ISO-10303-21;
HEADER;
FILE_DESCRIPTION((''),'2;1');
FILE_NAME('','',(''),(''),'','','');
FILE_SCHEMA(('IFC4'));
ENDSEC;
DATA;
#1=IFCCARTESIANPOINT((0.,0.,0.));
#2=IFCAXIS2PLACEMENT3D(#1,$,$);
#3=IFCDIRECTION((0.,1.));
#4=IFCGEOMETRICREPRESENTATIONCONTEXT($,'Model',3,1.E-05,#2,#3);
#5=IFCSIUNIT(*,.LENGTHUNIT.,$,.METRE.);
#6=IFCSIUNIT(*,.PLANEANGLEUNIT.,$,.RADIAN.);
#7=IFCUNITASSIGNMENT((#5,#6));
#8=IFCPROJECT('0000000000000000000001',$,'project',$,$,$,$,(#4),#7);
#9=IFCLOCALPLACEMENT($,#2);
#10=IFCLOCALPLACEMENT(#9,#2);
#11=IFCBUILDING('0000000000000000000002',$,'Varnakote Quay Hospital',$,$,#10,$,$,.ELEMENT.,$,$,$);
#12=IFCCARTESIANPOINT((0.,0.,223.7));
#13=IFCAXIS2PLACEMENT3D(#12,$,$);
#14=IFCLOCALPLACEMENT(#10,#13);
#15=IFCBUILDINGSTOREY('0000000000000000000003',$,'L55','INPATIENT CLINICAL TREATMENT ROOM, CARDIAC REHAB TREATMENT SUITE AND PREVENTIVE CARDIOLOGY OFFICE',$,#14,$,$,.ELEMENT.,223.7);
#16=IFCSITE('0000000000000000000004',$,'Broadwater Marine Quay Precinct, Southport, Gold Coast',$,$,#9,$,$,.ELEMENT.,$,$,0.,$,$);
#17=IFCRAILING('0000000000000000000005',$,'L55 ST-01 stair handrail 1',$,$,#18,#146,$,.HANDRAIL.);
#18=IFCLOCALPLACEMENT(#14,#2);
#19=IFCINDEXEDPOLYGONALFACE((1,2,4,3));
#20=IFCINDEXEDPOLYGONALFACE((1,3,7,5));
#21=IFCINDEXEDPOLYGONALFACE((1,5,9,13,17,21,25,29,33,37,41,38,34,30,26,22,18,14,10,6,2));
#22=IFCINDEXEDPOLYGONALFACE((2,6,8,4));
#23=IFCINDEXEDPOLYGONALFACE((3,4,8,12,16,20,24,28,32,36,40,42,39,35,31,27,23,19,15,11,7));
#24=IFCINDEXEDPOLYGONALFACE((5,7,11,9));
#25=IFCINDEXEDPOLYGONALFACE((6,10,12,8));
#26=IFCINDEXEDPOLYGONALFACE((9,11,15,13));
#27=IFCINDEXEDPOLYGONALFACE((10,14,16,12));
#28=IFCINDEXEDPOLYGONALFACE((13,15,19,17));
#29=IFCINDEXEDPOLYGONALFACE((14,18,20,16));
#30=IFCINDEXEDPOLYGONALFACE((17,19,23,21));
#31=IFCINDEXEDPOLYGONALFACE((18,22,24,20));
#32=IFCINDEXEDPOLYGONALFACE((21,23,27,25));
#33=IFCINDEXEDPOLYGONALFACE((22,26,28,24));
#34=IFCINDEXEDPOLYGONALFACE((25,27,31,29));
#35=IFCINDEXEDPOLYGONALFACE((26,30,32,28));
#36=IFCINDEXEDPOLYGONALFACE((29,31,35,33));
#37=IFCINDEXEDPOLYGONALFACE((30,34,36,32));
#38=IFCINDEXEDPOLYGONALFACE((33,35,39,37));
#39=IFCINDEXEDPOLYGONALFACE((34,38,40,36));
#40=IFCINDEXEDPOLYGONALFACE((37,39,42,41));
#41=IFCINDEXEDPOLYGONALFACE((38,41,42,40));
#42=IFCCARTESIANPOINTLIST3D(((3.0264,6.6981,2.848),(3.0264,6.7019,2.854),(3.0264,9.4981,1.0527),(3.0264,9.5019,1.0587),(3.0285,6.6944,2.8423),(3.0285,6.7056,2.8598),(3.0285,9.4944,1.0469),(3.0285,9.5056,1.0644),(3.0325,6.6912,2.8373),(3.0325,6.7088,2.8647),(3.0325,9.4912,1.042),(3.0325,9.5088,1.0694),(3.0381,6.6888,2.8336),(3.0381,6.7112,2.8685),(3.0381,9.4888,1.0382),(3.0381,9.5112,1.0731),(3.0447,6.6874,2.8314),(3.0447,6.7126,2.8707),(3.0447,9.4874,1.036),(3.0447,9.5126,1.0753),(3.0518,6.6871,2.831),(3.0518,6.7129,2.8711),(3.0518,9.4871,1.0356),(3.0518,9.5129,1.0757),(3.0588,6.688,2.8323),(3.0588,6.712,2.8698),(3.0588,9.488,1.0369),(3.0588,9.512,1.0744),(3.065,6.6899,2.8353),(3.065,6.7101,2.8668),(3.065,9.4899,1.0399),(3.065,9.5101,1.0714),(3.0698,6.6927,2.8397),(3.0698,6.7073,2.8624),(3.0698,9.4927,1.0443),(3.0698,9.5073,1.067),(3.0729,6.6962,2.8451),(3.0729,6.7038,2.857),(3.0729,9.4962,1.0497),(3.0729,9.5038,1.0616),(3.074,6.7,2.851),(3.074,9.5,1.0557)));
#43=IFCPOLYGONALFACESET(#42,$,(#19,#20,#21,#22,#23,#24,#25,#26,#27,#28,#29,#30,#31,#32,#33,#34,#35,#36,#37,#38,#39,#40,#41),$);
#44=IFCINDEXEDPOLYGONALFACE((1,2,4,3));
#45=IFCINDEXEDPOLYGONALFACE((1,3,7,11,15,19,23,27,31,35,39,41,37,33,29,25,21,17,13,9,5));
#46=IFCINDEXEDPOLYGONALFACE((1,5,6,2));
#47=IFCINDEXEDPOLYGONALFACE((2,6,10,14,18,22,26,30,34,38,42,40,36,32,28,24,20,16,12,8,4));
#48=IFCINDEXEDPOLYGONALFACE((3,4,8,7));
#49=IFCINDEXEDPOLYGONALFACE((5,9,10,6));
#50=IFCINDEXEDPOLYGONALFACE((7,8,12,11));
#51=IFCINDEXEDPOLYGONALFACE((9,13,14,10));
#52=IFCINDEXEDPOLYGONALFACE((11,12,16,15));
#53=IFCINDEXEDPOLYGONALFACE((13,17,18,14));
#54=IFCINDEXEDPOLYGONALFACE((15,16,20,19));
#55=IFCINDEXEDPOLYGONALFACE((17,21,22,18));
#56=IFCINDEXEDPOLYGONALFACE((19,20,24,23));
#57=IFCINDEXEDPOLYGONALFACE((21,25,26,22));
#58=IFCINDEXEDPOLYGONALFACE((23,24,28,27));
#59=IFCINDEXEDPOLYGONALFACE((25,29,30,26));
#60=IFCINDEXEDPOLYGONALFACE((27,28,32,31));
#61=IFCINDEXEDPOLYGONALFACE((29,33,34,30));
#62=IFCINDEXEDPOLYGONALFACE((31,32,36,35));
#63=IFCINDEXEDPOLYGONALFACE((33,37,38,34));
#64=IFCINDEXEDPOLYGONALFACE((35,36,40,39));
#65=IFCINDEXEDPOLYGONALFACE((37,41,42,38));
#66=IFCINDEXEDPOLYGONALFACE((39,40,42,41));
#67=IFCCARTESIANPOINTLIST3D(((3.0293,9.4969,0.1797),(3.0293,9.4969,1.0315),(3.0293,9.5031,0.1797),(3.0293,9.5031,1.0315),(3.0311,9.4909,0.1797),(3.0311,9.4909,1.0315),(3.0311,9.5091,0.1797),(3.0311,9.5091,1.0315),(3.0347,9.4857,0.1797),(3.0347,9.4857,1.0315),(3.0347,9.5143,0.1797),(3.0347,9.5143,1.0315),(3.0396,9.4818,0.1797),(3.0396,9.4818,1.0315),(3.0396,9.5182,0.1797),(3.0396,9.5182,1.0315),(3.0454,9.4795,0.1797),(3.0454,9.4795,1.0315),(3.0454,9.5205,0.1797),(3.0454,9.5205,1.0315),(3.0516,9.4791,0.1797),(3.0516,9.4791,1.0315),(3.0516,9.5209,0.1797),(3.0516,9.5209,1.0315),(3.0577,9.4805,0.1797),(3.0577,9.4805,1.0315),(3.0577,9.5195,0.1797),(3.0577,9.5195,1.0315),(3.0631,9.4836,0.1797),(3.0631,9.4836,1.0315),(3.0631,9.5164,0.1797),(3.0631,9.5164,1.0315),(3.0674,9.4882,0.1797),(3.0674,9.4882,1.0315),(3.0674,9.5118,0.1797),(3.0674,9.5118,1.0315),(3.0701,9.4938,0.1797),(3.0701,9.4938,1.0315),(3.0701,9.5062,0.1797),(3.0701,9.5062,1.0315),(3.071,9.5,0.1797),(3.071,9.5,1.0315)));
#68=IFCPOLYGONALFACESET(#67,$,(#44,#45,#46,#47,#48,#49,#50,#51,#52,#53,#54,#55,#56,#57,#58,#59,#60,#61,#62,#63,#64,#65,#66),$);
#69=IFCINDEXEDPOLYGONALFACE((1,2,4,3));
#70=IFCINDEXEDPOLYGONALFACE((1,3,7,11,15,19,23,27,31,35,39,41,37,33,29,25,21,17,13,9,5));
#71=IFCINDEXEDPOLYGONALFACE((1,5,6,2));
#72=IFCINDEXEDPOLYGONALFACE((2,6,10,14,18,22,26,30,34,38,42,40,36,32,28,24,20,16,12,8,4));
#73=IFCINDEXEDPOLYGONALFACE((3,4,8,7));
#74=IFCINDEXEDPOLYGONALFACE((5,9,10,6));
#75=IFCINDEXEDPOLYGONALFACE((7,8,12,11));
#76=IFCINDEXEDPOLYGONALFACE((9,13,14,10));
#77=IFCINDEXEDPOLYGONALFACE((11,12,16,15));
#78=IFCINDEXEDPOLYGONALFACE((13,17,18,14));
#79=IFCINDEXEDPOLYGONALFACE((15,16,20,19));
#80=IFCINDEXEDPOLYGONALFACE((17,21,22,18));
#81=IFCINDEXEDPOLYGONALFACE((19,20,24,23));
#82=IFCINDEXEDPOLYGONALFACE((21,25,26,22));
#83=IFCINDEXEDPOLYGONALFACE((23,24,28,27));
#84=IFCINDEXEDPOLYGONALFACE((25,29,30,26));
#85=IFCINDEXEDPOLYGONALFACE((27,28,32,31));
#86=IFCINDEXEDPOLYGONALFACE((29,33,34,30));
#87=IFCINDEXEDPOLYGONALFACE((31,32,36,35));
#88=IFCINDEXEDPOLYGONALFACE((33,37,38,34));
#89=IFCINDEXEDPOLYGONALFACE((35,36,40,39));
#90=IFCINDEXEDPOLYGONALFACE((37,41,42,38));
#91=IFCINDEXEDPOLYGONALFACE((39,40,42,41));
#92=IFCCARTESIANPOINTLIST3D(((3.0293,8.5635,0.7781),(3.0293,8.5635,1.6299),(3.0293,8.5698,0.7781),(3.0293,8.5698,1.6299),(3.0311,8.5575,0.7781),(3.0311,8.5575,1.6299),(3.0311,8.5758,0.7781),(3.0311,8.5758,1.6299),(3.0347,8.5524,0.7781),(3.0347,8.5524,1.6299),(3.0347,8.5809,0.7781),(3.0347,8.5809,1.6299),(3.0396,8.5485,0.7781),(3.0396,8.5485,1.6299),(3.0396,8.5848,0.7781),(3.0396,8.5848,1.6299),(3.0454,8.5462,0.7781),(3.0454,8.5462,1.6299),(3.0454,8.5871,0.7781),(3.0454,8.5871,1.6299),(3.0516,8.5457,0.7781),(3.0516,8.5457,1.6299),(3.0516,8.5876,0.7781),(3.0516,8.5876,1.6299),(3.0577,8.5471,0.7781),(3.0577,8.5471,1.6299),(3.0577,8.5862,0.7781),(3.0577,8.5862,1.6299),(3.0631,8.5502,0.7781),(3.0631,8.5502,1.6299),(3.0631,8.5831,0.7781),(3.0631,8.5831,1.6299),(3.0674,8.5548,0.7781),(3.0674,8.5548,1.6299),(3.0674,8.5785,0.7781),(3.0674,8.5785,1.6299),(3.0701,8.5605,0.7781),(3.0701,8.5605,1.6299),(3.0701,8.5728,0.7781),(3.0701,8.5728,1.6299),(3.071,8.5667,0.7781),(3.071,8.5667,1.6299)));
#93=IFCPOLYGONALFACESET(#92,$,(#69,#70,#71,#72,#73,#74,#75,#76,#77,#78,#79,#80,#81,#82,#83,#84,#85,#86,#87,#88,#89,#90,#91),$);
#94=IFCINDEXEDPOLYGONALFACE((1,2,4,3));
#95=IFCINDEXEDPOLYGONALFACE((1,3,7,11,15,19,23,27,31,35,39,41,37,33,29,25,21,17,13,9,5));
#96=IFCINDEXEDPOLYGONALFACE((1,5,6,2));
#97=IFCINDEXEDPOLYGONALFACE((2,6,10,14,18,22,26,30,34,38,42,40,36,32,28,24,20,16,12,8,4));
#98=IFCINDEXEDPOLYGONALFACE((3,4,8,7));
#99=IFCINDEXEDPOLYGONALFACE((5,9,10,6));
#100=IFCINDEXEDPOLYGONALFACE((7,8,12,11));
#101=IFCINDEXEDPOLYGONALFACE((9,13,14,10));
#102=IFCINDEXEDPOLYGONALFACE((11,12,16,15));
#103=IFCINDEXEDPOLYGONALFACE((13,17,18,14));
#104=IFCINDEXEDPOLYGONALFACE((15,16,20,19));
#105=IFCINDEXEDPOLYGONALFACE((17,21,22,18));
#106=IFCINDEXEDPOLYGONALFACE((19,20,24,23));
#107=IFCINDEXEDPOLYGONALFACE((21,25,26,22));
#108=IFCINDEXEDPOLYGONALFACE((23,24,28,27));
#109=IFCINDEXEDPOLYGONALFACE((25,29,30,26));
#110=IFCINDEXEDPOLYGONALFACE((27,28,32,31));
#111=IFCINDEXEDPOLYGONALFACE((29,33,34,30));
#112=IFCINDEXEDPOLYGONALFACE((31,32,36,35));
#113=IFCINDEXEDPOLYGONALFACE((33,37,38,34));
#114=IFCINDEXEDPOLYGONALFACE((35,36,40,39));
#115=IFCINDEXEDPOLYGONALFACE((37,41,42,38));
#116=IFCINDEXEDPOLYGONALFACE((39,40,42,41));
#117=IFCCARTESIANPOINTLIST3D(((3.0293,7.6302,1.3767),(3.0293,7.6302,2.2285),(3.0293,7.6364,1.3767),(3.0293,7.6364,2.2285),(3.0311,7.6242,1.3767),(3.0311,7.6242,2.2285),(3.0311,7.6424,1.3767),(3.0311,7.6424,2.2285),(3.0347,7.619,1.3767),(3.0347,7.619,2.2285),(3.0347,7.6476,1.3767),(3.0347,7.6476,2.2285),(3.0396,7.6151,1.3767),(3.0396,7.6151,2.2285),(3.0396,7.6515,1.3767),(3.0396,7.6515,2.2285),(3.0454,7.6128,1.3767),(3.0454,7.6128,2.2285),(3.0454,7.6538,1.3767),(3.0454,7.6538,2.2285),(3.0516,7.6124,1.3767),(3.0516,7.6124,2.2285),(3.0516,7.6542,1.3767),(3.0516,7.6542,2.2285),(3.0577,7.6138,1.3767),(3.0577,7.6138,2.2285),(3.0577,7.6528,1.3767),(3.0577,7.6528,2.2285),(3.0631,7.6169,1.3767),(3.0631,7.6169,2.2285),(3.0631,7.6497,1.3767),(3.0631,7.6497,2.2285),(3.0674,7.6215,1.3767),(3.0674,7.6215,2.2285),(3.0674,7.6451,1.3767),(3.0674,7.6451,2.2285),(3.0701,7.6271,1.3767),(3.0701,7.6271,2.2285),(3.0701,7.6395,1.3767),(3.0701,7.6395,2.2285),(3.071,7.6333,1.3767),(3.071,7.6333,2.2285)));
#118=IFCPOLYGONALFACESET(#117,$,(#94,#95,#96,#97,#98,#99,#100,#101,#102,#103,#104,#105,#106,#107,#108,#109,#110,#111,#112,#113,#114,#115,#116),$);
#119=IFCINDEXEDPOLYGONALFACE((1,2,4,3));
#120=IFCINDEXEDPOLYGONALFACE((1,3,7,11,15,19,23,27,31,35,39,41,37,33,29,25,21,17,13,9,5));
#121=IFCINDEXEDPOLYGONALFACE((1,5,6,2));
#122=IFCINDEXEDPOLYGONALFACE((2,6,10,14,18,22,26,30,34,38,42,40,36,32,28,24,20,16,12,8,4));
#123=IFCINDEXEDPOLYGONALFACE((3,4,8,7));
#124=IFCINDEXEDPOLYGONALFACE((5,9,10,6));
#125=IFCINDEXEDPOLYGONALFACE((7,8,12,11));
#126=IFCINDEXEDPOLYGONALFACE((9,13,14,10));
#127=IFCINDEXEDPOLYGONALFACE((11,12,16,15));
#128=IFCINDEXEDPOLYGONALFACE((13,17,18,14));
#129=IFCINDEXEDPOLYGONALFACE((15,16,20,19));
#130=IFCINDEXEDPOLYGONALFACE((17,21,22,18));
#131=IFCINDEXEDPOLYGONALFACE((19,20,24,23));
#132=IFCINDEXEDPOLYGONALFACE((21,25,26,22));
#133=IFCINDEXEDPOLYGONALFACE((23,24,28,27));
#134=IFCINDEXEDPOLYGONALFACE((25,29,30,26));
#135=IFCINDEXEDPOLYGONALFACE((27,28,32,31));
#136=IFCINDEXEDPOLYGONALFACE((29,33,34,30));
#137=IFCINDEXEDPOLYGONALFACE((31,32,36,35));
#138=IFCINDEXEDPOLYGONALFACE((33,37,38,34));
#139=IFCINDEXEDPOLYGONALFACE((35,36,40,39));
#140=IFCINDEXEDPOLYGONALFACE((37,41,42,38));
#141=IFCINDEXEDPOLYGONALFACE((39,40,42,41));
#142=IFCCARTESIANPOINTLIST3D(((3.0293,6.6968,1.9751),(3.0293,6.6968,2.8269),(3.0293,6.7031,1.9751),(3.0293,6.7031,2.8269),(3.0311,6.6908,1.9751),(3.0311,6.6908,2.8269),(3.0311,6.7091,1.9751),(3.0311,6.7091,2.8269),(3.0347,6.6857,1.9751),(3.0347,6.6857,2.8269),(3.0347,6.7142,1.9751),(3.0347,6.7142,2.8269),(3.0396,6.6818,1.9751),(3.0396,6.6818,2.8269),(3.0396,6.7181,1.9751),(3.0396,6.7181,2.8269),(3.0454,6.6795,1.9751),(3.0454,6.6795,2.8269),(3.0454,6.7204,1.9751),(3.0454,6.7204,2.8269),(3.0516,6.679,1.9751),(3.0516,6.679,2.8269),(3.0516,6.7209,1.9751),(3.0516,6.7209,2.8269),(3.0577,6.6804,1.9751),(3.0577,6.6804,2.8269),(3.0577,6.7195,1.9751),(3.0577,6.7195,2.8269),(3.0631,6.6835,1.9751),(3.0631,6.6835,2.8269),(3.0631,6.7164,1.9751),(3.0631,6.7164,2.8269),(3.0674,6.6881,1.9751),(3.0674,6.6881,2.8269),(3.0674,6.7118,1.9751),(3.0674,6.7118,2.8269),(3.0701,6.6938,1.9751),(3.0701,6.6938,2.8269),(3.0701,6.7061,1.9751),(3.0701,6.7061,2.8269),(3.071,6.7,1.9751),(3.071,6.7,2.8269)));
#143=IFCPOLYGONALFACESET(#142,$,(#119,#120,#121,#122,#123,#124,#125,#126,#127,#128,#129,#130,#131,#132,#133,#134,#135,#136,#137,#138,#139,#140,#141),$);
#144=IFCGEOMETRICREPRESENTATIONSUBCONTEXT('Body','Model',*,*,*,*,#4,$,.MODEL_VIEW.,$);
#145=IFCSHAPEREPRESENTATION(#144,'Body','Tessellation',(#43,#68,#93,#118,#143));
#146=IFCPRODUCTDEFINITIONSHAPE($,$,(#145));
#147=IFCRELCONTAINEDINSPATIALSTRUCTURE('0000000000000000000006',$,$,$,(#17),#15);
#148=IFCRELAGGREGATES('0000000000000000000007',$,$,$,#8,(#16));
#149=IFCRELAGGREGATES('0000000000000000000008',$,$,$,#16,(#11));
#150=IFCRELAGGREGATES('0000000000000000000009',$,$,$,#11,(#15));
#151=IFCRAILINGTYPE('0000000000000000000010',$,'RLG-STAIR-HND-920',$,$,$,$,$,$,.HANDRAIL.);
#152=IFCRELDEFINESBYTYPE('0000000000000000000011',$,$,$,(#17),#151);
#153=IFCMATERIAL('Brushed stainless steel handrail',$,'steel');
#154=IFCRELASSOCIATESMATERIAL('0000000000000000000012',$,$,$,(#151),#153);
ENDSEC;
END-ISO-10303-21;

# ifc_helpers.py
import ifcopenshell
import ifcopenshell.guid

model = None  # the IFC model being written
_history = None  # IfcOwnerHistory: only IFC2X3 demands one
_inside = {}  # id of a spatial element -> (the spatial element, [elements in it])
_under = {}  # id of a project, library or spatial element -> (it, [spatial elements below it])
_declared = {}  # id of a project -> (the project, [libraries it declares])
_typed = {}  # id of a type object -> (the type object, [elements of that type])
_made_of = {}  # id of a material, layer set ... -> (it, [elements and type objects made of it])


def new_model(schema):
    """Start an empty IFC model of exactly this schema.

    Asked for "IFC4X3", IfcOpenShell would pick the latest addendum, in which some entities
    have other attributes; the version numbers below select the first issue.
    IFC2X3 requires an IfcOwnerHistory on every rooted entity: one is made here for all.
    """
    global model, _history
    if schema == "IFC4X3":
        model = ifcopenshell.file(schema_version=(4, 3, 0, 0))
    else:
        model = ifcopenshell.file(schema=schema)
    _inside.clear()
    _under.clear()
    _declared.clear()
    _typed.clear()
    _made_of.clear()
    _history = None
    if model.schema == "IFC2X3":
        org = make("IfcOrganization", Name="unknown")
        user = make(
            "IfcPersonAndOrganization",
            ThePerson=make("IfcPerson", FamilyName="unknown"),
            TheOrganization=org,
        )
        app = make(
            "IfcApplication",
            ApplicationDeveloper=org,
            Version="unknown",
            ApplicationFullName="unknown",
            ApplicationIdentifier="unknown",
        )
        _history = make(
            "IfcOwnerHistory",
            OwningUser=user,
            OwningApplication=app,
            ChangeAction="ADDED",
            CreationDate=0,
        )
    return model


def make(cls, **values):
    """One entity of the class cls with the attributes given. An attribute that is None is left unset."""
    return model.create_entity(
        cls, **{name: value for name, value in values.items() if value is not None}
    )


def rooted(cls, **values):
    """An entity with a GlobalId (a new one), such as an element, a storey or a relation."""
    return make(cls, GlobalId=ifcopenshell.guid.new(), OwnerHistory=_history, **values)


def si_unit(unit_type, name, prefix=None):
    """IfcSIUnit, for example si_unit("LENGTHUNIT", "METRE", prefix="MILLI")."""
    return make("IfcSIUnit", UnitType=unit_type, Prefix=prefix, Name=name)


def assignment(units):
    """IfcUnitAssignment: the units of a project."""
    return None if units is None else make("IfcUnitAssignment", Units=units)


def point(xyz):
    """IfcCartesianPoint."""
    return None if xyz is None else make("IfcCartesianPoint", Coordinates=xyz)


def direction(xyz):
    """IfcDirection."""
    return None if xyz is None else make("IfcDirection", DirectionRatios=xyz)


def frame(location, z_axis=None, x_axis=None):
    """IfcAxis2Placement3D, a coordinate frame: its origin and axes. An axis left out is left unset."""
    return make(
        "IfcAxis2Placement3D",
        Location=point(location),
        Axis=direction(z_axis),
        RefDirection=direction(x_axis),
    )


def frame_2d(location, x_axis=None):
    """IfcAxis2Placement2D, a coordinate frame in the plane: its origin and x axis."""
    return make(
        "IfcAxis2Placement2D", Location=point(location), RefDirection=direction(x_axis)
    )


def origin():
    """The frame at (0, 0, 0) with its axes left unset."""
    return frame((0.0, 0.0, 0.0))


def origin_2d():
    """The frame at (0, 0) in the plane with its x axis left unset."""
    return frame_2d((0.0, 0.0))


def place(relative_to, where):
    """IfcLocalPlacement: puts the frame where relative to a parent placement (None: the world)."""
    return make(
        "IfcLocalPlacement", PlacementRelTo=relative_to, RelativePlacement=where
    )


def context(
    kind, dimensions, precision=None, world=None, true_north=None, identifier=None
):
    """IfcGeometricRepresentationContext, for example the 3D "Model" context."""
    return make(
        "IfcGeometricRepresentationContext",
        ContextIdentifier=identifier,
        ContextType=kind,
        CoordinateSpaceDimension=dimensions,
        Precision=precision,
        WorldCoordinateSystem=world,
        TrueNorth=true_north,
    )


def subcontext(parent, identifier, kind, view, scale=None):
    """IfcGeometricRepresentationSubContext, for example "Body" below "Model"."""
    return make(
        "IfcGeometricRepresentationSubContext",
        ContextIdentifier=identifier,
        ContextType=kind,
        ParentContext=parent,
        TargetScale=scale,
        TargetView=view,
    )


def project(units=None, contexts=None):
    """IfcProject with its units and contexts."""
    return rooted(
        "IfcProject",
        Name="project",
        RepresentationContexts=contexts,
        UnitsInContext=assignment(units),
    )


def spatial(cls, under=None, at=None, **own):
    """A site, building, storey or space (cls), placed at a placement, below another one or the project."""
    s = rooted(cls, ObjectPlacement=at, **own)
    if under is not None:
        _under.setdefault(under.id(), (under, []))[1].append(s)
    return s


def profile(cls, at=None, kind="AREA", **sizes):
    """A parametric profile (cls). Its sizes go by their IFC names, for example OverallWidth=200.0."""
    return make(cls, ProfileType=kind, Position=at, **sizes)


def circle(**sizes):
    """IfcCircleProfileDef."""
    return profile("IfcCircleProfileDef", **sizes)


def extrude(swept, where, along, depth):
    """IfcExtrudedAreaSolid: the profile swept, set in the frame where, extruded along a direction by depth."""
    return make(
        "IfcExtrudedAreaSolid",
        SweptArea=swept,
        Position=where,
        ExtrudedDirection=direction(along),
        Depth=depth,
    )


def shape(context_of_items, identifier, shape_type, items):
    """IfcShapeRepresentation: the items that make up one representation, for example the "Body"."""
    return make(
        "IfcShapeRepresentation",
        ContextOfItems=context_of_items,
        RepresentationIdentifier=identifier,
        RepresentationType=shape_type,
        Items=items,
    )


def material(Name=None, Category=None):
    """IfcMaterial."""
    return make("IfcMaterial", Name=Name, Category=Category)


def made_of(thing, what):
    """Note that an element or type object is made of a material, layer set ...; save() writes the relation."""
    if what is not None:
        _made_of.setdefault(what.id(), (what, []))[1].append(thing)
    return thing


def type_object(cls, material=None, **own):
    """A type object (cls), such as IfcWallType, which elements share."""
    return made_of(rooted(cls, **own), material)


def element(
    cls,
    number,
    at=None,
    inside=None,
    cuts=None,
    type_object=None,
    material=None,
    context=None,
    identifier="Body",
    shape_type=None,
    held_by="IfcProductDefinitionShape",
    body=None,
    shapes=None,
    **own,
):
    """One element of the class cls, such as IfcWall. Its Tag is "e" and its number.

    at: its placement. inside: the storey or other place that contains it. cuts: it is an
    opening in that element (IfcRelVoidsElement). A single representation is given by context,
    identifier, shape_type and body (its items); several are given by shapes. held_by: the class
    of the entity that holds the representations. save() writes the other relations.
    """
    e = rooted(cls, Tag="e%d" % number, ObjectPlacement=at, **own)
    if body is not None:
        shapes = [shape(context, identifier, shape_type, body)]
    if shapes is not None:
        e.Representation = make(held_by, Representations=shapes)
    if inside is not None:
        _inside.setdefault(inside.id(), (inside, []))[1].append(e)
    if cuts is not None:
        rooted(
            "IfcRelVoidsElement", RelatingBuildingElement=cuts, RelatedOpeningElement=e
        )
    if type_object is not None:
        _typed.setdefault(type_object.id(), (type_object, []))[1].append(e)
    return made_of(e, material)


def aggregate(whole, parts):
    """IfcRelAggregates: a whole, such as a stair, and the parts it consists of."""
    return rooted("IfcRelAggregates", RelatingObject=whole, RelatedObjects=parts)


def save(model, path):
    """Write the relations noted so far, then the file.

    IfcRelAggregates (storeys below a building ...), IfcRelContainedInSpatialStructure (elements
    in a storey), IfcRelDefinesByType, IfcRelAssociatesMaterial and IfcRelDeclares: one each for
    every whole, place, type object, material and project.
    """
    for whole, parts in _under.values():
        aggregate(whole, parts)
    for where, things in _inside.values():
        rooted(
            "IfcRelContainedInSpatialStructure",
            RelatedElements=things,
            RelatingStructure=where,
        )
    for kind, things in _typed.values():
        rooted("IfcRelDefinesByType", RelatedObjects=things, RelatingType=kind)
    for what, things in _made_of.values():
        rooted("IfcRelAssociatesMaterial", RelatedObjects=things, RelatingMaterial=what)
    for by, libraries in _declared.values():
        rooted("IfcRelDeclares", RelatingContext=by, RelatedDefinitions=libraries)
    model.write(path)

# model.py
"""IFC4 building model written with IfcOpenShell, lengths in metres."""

from ifc_helpers import new_model, si_unit, direction, frame, origin, origin_2d, place, context, subcontext, project, spatial, circle, extrude, material, type_object, element, save


model = new_model("IFC4")

# Units and contexts
model_context = context("Model", 3, precision=1e-05, world=origin(), true_north=direction((0.0, 1.0)))
body_context = subcontext(model_context, "Body", "Model", "MODEL_VIEW")
ifc_project = project(units=[si_unit("LENGTHUNIT", "METRE"), si_unit("PLANEANGLEUNIT", "RADIAN")], contexts=[model_context])

# Site, building, storey
site_placement = place(None, origin())
site = spatial("IfcSite", under=ifc_project, at=site_placement, Name="Broadwater Marine Quay Precinct, Southport, Gold Coast", CompositionType="ELEMENT", RefElevation=0.0)
building_placement = place(site_placement, origin())
building = spatial("IfcBuilding", under=site, at=building_placement, Name="Varnakote Quay Hospital", CompositionType="ELEMENT")
storey_placement = place(building_placement, frame((0.0, 0.0, 223.7)))
storey = spatial("IfcBuildingStorey", under=building, at=storey_placement, Name="L55", Description="INPATIENT CLINICAL TREATMENT ROOM, CARDIAC REHAB TREATMENT SUITE AND PREVENTIVE CARDIOLOGY OFFICE", CompositionType="ELEMENT", Elevation=223.7)

# Railing
ifc_material_1 = material(Name="Brushed stainless steel handrail", Category="steel")
railing_type_1 = type_object("IfcRailingType", Name="RLG-STAIR-HND-920", PredefinedType="HANDRAIL", material=ifc_material_1)
railing_1_placement = place(storey_placement, frame((3.05, 9.5, 0.1797)))
element("IfcRailing", 1, at=railing_1_placement, inside=storey, type_object=railing_type_1, Name="L55 ST-01 stair handrail 1", PredefinedType="HANDRAIL", context=body_context, shape_type="SweptSolid", body=[
    extrude(circle(Radius=0.0239, at=origin_2d()), frame((0.0, 0.0, 0.876), z_axis=(0.0, -0.84181, 0.539774), x_axis=(1.0, 0.0, 0.0)), (0.0, 0.0, 1.0), 3.3262),
    extrude(circle(Radius=0.021, at=origin_2d()), origin(), (0.0, 0.0, 1.0), 0.8518),
    extrude(circle(Radius=0.021, at=origin_2d()), frame((0.0, -0.9333, 0.5984)), (0.0, 0.0, 1.0), 0.8518),
    extrude(circle(Radius=0.021, at=origin_2d()), frame((0.0, -1.8667, 1.197)), (0.0, 0.0, 1.0), 0.8518),
    extrude(circle(Radius=0.021, at=origin_2d()), frame((0.0, -2.8, 1.7954)), (0.0, 0.0, 1.0), 0.8518),
])

save(model, "model.ifc")
